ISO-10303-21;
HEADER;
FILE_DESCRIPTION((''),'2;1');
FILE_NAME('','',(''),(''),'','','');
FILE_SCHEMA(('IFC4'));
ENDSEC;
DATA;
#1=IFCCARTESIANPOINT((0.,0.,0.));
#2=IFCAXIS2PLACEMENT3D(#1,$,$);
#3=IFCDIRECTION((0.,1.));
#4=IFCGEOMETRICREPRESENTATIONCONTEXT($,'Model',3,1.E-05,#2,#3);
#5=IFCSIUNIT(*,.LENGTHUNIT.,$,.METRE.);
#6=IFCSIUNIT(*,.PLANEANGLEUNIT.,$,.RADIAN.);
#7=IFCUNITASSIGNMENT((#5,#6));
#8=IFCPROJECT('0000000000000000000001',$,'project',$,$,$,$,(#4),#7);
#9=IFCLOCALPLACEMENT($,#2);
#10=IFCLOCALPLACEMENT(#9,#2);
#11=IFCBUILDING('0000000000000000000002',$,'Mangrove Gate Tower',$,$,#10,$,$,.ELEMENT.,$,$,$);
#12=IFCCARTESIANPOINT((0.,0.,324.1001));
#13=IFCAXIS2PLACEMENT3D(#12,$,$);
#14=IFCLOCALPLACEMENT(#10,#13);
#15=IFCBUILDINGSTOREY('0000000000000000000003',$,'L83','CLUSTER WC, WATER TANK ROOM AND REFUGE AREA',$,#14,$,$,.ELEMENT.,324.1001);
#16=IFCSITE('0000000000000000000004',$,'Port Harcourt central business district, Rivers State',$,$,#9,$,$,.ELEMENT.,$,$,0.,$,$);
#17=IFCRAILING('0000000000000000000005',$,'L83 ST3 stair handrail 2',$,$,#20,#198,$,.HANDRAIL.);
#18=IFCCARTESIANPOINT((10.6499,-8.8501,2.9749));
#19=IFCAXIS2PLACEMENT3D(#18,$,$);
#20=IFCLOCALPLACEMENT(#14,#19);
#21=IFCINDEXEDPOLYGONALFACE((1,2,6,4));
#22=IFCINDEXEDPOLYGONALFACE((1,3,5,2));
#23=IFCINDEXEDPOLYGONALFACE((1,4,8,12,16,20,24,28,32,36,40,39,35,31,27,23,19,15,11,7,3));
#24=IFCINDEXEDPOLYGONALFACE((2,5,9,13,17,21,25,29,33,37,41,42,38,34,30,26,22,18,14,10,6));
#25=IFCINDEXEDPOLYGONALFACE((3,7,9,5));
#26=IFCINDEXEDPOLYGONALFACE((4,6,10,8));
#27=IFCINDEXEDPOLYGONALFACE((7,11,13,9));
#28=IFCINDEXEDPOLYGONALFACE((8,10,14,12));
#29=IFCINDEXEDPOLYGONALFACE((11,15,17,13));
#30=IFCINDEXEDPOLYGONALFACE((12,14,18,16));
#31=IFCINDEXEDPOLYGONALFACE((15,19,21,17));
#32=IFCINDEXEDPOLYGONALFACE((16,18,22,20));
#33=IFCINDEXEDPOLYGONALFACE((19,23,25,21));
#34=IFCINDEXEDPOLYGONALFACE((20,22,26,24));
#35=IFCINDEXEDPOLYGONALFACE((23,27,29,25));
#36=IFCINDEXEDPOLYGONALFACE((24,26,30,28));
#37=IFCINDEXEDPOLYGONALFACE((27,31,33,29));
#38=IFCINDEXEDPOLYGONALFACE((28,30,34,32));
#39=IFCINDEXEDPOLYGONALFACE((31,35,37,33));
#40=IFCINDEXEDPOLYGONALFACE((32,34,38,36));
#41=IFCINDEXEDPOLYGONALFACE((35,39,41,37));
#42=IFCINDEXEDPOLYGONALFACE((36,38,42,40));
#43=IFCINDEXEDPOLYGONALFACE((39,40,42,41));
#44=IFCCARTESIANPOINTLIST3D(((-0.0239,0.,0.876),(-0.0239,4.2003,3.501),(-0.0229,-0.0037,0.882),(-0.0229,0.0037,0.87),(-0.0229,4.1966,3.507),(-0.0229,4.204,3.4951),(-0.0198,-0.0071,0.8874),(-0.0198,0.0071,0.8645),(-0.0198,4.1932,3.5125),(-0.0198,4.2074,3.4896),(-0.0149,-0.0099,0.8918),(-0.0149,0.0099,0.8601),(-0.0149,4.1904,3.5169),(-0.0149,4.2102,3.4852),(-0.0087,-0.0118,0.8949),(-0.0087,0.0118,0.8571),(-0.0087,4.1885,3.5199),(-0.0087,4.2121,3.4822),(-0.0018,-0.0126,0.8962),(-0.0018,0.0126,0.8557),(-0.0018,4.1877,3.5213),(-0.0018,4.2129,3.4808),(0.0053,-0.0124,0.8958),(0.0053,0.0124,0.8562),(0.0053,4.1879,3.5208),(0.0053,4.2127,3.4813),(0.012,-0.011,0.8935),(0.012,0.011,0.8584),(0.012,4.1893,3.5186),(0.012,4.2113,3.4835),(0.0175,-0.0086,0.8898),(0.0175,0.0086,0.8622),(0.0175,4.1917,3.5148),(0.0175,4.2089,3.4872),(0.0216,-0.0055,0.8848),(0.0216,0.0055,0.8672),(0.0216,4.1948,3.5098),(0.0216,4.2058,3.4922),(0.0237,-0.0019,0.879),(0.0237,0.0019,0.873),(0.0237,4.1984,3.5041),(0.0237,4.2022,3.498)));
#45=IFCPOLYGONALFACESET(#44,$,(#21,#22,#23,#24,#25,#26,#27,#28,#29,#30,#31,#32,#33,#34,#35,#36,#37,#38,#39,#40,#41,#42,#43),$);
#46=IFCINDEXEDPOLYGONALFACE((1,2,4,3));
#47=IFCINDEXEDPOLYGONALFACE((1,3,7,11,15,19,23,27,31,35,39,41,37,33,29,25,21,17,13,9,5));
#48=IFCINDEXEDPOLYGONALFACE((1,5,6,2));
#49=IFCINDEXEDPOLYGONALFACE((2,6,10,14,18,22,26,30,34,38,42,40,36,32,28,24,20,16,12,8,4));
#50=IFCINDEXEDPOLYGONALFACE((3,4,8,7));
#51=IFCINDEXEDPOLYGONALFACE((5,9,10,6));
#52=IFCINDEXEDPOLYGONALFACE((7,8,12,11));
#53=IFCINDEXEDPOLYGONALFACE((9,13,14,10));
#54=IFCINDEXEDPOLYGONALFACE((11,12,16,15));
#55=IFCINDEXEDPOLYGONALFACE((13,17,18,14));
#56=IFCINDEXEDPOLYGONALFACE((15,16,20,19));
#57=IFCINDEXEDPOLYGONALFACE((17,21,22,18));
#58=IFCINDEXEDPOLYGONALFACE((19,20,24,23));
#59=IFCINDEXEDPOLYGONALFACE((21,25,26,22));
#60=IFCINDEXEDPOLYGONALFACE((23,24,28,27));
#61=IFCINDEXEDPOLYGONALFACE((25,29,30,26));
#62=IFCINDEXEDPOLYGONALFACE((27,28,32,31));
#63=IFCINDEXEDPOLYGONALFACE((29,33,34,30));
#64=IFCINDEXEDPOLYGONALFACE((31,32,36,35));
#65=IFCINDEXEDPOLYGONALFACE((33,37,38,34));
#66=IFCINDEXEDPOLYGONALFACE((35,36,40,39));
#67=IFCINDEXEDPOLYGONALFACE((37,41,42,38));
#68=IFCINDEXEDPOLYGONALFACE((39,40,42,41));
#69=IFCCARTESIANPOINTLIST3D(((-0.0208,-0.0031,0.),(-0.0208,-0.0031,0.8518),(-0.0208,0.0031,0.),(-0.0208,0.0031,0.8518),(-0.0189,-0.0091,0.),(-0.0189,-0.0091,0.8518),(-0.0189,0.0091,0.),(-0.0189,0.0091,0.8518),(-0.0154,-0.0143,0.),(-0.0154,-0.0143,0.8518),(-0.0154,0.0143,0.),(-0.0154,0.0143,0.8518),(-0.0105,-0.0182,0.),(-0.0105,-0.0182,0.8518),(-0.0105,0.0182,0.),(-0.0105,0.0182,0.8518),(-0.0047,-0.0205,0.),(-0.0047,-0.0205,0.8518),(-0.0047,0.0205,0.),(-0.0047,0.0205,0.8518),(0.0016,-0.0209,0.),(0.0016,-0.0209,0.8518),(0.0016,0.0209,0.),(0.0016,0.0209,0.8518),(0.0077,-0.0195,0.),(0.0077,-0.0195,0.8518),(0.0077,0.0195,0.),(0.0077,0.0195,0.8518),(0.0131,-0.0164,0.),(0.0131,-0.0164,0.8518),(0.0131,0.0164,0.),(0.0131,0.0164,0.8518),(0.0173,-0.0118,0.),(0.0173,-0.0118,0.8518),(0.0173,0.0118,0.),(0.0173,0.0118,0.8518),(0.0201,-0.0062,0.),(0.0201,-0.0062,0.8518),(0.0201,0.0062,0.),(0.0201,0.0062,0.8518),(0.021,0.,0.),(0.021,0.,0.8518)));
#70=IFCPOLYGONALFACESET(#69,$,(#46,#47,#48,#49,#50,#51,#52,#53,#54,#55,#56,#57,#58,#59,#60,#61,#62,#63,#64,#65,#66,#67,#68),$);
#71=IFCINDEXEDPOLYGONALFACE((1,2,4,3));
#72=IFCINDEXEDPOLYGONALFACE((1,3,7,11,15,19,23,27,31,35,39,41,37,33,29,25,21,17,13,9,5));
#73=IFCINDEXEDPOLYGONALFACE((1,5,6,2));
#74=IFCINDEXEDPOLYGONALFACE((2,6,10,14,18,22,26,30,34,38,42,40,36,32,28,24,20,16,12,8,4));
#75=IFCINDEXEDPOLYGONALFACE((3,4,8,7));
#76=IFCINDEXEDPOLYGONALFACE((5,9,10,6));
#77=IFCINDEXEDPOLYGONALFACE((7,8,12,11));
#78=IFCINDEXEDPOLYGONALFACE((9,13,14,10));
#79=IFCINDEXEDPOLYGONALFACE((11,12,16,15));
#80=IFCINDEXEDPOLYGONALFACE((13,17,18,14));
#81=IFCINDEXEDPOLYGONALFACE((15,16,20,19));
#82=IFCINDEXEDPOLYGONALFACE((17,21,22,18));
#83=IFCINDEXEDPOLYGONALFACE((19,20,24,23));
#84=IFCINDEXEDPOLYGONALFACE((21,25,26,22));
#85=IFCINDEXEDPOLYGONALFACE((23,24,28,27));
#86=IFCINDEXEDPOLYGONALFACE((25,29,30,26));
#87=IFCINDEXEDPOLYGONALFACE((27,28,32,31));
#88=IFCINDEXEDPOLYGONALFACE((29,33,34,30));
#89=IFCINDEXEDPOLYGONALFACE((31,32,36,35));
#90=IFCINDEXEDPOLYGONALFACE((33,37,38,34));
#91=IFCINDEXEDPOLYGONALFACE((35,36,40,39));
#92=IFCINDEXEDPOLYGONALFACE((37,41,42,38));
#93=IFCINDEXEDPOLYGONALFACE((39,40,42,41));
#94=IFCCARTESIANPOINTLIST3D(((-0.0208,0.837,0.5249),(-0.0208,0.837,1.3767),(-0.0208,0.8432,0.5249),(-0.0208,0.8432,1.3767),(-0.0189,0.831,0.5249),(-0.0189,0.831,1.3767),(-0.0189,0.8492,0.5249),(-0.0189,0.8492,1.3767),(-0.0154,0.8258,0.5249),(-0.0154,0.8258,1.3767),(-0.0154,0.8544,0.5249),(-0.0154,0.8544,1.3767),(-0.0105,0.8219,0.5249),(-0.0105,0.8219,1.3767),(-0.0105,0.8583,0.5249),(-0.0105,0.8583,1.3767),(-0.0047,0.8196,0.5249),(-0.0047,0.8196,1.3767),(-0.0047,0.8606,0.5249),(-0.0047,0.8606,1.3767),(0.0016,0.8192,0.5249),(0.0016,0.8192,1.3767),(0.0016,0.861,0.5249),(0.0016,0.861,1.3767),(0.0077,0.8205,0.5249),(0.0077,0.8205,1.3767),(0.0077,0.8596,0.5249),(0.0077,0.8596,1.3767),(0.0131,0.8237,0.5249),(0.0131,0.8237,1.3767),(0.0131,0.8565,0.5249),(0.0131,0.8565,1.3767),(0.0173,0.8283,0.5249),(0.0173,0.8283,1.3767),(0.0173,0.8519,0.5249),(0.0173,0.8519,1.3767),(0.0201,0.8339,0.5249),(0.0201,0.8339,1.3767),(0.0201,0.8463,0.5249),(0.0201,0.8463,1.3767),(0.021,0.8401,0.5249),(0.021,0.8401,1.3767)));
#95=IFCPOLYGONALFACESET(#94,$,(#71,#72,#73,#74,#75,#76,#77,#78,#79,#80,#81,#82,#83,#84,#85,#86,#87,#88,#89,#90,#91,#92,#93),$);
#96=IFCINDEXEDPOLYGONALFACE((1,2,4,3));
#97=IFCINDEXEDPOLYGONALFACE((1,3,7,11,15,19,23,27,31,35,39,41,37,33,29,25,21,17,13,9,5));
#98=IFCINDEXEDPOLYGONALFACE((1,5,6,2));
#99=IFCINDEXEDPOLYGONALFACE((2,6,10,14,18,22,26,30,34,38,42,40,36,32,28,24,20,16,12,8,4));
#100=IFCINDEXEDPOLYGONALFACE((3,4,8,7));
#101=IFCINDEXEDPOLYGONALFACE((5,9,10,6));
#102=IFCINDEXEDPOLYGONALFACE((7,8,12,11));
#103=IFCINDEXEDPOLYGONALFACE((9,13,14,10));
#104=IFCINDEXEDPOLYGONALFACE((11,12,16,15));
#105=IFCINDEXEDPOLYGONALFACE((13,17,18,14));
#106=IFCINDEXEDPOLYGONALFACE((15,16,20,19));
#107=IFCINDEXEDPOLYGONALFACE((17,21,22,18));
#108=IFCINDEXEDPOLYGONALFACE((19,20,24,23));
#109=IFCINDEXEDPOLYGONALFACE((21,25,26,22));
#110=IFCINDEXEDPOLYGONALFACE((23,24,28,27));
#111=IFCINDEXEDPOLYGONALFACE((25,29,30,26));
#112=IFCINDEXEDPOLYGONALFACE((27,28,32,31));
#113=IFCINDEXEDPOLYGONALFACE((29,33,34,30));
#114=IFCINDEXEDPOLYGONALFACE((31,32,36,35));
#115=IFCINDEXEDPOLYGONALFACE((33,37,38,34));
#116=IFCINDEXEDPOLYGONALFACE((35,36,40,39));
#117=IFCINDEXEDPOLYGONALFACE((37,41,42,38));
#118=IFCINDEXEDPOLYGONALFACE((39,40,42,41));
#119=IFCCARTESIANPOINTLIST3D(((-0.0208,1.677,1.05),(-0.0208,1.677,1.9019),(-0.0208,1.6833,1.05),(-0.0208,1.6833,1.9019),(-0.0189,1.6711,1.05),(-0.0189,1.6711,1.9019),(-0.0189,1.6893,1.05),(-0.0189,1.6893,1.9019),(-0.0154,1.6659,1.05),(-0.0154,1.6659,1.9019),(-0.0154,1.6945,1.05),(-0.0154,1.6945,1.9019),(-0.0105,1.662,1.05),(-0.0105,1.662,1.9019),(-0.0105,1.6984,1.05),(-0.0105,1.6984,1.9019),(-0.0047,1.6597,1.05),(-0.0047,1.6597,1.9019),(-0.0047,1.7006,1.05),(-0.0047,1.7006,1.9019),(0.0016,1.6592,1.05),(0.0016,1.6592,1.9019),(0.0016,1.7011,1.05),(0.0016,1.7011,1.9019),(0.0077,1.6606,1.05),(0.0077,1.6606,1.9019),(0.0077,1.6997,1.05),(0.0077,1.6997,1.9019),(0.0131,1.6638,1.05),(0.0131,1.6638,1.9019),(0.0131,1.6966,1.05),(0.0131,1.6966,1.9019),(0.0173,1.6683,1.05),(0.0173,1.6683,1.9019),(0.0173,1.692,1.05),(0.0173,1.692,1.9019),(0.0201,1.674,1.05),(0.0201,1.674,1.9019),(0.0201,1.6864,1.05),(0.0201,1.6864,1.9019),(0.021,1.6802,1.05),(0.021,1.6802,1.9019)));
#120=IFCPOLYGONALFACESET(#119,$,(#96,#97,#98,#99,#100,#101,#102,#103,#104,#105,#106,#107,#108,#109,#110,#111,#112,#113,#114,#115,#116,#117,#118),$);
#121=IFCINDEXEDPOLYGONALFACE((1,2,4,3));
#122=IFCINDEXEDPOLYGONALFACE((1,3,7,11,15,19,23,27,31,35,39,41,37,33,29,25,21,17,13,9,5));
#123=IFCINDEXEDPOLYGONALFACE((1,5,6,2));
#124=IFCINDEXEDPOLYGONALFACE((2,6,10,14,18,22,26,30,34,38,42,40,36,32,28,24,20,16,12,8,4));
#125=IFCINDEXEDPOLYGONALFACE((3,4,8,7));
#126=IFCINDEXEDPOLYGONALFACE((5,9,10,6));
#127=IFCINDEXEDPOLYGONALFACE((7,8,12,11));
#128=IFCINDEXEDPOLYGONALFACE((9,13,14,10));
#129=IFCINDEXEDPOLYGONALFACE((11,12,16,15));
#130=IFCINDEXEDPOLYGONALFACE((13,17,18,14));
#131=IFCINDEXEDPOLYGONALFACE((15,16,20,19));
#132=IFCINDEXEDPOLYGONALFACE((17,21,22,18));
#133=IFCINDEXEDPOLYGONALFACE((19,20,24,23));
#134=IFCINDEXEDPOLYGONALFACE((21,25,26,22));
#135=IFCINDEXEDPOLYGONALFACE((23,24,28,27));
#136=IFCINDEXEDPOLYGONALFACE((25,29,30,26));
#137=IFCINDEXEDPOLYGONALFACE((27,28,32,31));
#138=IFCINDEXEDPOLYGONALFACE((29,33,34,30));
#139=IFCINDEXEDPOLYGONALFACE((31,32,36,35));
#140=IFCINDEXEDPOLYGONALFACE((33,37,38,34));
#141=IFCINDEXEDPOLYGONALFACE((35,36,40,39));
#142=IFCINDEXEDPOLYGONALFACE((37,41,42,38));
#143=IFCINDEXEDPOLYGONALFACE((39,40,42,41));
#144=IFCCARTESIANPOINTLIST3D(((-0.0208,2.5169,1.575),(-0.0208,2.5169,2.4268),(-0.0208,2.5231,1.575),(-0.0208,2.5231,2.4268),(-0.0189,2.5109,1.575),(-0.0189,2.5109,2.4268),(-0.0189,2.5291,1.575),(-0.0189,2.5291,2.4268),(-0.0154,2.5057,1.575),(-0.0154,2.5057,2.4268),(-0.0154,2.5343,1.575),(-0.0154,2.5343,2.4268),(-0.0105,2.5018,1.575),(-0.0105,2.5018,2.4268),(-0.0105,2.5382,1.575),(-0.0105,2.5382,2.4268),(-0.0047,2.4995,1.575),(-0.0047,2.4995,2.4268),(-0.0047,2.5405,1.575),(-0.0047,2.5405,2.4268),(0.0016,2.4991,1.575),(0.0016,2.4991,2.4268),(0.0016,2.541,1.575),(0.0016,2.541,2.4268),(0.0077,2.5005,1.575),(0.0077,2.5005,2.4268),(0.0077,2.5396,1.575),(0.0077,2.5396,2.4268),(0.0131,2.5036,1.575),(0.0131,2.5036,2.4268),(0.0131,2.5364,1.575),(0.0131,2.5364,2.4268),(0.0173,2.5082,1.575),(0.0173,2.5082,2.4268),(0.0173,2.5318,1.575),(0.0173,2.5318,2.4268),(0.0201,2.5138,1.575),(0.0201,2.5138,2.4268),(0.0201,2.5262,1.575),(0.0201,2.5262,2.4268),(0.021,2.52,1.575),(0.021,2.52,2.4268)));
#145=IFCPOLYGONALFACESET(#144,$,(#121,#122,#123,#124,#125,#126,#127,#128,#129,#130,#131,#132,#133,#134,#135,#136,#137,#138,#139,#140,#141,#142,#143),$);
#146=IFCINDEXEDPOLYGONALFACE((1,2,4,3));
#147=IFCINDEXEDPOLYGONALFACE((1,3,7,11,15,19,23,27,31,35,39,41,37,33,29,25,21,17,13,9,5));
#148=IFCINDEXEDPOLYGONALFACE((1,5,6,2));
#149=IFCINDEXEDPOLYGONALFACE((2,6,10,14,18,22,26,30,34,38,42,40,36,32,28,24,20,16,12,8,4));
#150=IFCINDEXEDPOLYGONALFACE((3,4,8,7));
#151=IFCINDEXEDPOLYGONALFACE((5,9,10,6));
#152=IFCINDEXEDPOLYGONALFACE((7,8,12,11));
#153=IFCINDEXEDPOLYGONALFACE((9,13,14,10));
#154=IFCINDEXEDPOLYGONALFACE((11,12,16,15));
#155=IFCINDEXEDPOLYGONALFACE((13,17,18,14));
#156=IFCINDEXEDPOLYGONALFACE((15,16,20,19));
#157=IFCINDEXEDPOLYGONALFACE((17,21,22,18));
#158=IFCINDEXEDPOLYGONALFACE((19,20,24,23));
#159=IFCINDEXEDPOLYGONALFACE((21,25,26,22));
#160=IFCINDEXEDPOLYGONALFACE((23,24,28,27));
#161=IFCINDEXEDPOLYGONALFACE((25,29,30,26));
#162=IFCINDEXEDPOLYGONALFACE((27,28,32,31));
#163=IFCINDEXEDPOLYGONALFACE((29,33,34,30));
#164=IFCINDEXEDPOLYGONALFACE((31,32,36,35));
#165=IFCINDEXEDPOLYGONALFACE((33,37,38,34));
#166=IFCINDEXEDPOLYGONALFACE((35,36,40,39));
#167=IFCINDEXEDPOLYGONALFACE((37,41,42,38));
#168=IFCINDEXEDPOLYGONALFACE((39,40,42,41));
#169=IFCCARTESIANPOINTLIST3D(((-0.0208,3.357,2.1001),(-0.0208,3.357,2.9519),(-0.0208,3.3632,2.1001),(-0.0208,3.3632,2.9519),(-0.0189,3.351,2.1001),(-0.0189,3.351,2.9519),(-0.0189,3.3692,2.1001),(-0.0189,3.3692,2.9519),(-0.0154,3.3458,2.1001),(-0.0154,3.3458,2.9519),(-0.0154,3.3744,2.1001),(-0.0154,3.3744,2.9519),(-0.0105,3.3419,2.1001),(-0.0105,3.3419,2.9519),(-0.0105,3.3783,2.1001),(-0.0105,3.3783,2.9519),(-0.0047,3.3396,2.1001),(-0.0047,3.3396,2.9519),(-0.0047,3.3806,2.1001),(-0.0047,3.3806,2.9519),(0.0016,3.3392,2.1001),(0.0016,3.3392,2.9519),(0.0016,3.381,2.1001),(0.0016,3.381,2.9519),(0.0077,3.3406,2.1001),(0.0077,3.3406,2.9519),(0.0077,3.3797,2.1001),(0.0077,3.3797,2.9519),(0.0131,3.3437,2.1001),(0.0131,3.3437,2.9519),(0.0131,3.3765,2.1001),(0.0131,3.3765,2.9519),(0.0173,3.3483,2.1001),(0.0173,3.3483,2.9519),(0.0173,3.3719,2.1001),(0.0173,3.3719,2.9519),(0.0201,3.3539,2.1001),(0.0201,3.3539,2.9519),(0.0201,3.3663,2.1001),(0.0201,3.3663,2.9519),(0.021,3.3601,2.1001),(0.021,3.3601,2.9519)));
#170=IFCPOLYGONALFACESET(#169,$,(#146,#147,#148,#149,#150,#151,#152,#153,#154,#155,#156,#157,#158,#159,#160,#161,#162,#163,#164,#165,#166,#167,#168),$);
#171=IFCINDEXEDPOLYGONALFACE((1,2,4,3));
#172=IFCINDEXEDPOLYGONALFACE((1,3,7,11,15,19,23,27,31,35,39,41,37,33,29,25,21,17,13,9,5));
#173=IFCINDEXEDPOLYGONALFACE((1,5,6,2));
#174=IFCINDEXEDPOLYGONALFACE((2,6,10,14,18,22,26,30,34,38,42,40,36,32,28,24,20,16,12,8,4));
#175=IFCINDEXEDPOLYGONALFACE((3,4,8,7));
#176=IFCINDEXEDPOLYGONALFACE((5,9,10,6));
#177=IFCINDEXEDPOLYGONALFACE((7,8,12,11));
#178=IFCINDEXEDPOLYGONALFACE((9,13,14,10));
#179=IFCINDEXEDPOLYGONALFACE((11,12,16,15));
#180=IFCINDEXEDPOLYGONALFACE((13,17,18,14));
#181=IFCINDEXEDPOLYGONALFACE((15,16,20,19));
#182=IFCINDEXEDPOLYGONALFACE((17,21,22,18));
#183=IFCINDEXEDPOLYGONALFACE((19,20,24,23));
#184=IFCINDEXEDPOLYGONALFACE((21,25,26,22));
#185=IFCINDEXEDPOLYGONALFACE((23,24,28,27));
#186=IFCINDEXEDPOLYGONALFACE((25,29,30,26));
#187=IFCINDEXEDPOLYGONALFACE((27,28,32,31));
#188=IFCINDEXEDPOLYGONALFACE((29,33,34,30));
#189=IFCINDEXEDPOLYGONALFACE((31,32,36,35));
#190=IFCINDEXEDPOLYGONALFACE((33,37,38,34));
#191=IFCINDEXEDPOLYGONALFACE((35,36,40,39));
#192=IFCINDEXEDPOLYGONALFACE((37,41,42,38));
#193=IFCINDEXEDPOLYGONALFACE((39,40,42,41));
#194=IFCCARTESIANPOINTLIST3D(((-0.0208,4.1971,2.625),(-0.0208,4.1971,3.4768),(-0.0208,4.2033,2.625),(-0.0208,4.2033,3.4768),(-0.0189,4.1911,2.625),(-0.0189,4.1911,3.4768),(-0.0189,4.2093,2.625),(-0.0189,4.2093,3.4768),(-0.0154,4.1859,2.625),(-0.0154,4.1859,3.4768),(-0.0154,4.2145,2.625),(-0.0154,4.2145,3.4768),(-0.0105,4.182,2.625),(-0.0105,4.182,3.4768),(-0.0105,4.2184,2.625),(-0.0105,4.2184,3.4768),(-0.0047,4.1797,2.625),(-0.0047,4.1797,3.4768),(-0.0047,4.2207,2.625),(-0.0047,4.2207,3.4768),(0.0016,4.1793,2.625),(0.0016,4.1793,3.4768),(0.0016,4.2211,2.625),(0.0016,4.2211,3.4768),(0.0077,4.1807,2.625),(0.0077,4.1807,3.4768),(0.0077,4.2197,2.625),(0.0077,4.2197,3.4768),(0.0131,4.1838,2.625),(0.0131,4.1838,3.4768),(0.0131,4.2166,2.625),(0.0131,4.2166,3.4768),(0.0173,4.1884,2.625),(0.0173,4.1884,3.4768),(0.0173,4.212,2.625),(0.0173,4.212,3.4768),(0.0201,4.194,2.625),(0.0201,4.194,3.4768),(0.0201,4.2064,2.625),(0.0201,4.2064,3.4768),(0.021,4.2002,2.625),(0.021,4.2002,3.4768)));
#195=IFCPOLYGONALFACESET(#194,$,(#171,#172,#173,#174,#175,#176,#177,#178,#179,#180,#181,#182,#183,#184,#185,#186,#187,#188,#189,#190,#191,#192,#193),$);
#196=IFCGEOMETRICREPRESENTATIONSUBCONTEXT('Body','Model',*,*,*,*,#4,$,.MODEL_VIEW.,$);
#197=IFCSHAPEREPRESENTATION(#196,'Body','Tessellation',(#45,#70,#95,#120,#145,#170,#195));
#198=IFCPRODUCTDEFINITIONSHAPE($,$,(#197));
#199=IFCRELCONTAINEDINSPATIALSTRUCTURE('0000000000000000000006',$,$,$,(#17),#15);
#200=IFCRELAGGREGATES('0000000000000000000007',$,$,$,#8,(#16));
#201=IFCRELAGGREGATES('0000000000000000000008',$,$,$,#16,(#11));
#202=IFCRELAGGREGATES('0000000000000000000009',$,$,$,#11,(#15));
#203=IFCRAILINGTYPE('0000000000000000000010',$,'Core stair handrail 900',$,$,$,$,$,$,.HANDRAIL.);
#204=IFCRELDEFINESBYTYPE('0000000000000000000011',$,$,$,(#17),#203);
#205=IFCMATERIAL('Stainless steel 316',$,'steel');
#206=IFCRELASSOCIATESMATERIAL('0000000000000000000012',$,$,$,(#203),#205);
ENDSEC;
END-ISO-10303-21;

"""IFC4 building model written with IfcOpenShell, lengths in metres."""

from ifc_helpers import new_model, si_unit, direction, frame, origin, origin_2d, place, context, subcontext, project, spatial, circle, extrude, material, type_object, element, save


model = new_model("IFC4")

# Units and contexts
model_context = context("Model", 3, precision=1e-05, world=origin(), true_north=direction((0.0, 1.0)))
body_context = subcontext(model_context, "Body", "Model", "MODEL_VIEW")
ifc_project = project(units=[si_unit("LENGTHUNIT", "METRE"), si_unit("PLANEANGLEUNIT", "RADIAN")], contexts=[model_context])

# Site, building, storey
site_placement = place(None, origin())
site = spatial("IfcSite", under=ifc_project, at=site_placement, Name="Port Harcourt central business district, Rivers State", CompositionType="ELEMENT", RefElevation=0.0)
building_placement = place(site_placement, origin())
building = spatial("IfcBuilding", under=site, at=building_placement, Name="Mangrove Gate Tower", CompositionType="ELEMENT")
storey_placement = place(building_placement, frame((0.0, 0.0, 324.1001)))
storey = spatial("IfcBuildingStorey", under=building, at=storey_placement, Name="L83", Description="CLUSTER WC, WATER TANK ROOM AND REFUGE AREA", CompositionType="ELEMENT", Elevation=324.1001)

# Railing
ifc_material_1 = material(Name="Stainless steel 316", Category="steel")
railing_type_1 = type_object("IfcRailingType", Name="Core stair handrail 900", PredefinedType="HANDRAIL", material=ifc_material_1)
railing_1_placement = place(storey_placement, frame((10.6499, -8.8501, 2.9749)))
element("IfcRailing", 1, at=railing_1_placement, inside=storey, type_object=railing_type_1, Name="L83 ST3 stair handrail 2", PredefinedType="HANDRAIL", context=body_context, shape_type="SweptSolid", body=[
    extrude(circle(Radius=0.0239, at=origin_2d()), frame((0.0, 0.0, 0.876), z_axis=(0.0, 0.848009, 0.529981), x_axis=(-1.0, 0.0, 0.0)), (0.0, 0.0, 1.0), 4.9531),
    extrude(circle(Radius=0.021, at=origin_2d()), origin(), (0.0, 0.0, 1.0), 0.8518),
    extrude(circle(Radius=0.021, at=origin_2d()), frame((0.0, 0.8401, 0.5249)), (0.0, 0.0, 1.0), 0.8518),
    extrude(circle(Radius=0.021, at=origin_2d()), frame((0.0, 1.6802, 1.05)), (0.0, 0.0, 1.0), 0.8518),
    extrude(circle(Radius=0.021, at=origin_2d()), frame((0.0, 2.52, 1.575)), (0.0, 0.0, 1.0), 0.8518),
    extrude(circle(Radius=0.021, at=origin_2d()), frame((0.0, 3.3601, 2.1001)), (0.0, 0.0, 1.0), 0.8518),
    extrude(circle(Radius=0.021, at=origin_2d()), frame((0.0, 4.2002, 2.625)), (0.0, 0.0, 1.0), 0.8518),
])

save(model, "model.ifc")
